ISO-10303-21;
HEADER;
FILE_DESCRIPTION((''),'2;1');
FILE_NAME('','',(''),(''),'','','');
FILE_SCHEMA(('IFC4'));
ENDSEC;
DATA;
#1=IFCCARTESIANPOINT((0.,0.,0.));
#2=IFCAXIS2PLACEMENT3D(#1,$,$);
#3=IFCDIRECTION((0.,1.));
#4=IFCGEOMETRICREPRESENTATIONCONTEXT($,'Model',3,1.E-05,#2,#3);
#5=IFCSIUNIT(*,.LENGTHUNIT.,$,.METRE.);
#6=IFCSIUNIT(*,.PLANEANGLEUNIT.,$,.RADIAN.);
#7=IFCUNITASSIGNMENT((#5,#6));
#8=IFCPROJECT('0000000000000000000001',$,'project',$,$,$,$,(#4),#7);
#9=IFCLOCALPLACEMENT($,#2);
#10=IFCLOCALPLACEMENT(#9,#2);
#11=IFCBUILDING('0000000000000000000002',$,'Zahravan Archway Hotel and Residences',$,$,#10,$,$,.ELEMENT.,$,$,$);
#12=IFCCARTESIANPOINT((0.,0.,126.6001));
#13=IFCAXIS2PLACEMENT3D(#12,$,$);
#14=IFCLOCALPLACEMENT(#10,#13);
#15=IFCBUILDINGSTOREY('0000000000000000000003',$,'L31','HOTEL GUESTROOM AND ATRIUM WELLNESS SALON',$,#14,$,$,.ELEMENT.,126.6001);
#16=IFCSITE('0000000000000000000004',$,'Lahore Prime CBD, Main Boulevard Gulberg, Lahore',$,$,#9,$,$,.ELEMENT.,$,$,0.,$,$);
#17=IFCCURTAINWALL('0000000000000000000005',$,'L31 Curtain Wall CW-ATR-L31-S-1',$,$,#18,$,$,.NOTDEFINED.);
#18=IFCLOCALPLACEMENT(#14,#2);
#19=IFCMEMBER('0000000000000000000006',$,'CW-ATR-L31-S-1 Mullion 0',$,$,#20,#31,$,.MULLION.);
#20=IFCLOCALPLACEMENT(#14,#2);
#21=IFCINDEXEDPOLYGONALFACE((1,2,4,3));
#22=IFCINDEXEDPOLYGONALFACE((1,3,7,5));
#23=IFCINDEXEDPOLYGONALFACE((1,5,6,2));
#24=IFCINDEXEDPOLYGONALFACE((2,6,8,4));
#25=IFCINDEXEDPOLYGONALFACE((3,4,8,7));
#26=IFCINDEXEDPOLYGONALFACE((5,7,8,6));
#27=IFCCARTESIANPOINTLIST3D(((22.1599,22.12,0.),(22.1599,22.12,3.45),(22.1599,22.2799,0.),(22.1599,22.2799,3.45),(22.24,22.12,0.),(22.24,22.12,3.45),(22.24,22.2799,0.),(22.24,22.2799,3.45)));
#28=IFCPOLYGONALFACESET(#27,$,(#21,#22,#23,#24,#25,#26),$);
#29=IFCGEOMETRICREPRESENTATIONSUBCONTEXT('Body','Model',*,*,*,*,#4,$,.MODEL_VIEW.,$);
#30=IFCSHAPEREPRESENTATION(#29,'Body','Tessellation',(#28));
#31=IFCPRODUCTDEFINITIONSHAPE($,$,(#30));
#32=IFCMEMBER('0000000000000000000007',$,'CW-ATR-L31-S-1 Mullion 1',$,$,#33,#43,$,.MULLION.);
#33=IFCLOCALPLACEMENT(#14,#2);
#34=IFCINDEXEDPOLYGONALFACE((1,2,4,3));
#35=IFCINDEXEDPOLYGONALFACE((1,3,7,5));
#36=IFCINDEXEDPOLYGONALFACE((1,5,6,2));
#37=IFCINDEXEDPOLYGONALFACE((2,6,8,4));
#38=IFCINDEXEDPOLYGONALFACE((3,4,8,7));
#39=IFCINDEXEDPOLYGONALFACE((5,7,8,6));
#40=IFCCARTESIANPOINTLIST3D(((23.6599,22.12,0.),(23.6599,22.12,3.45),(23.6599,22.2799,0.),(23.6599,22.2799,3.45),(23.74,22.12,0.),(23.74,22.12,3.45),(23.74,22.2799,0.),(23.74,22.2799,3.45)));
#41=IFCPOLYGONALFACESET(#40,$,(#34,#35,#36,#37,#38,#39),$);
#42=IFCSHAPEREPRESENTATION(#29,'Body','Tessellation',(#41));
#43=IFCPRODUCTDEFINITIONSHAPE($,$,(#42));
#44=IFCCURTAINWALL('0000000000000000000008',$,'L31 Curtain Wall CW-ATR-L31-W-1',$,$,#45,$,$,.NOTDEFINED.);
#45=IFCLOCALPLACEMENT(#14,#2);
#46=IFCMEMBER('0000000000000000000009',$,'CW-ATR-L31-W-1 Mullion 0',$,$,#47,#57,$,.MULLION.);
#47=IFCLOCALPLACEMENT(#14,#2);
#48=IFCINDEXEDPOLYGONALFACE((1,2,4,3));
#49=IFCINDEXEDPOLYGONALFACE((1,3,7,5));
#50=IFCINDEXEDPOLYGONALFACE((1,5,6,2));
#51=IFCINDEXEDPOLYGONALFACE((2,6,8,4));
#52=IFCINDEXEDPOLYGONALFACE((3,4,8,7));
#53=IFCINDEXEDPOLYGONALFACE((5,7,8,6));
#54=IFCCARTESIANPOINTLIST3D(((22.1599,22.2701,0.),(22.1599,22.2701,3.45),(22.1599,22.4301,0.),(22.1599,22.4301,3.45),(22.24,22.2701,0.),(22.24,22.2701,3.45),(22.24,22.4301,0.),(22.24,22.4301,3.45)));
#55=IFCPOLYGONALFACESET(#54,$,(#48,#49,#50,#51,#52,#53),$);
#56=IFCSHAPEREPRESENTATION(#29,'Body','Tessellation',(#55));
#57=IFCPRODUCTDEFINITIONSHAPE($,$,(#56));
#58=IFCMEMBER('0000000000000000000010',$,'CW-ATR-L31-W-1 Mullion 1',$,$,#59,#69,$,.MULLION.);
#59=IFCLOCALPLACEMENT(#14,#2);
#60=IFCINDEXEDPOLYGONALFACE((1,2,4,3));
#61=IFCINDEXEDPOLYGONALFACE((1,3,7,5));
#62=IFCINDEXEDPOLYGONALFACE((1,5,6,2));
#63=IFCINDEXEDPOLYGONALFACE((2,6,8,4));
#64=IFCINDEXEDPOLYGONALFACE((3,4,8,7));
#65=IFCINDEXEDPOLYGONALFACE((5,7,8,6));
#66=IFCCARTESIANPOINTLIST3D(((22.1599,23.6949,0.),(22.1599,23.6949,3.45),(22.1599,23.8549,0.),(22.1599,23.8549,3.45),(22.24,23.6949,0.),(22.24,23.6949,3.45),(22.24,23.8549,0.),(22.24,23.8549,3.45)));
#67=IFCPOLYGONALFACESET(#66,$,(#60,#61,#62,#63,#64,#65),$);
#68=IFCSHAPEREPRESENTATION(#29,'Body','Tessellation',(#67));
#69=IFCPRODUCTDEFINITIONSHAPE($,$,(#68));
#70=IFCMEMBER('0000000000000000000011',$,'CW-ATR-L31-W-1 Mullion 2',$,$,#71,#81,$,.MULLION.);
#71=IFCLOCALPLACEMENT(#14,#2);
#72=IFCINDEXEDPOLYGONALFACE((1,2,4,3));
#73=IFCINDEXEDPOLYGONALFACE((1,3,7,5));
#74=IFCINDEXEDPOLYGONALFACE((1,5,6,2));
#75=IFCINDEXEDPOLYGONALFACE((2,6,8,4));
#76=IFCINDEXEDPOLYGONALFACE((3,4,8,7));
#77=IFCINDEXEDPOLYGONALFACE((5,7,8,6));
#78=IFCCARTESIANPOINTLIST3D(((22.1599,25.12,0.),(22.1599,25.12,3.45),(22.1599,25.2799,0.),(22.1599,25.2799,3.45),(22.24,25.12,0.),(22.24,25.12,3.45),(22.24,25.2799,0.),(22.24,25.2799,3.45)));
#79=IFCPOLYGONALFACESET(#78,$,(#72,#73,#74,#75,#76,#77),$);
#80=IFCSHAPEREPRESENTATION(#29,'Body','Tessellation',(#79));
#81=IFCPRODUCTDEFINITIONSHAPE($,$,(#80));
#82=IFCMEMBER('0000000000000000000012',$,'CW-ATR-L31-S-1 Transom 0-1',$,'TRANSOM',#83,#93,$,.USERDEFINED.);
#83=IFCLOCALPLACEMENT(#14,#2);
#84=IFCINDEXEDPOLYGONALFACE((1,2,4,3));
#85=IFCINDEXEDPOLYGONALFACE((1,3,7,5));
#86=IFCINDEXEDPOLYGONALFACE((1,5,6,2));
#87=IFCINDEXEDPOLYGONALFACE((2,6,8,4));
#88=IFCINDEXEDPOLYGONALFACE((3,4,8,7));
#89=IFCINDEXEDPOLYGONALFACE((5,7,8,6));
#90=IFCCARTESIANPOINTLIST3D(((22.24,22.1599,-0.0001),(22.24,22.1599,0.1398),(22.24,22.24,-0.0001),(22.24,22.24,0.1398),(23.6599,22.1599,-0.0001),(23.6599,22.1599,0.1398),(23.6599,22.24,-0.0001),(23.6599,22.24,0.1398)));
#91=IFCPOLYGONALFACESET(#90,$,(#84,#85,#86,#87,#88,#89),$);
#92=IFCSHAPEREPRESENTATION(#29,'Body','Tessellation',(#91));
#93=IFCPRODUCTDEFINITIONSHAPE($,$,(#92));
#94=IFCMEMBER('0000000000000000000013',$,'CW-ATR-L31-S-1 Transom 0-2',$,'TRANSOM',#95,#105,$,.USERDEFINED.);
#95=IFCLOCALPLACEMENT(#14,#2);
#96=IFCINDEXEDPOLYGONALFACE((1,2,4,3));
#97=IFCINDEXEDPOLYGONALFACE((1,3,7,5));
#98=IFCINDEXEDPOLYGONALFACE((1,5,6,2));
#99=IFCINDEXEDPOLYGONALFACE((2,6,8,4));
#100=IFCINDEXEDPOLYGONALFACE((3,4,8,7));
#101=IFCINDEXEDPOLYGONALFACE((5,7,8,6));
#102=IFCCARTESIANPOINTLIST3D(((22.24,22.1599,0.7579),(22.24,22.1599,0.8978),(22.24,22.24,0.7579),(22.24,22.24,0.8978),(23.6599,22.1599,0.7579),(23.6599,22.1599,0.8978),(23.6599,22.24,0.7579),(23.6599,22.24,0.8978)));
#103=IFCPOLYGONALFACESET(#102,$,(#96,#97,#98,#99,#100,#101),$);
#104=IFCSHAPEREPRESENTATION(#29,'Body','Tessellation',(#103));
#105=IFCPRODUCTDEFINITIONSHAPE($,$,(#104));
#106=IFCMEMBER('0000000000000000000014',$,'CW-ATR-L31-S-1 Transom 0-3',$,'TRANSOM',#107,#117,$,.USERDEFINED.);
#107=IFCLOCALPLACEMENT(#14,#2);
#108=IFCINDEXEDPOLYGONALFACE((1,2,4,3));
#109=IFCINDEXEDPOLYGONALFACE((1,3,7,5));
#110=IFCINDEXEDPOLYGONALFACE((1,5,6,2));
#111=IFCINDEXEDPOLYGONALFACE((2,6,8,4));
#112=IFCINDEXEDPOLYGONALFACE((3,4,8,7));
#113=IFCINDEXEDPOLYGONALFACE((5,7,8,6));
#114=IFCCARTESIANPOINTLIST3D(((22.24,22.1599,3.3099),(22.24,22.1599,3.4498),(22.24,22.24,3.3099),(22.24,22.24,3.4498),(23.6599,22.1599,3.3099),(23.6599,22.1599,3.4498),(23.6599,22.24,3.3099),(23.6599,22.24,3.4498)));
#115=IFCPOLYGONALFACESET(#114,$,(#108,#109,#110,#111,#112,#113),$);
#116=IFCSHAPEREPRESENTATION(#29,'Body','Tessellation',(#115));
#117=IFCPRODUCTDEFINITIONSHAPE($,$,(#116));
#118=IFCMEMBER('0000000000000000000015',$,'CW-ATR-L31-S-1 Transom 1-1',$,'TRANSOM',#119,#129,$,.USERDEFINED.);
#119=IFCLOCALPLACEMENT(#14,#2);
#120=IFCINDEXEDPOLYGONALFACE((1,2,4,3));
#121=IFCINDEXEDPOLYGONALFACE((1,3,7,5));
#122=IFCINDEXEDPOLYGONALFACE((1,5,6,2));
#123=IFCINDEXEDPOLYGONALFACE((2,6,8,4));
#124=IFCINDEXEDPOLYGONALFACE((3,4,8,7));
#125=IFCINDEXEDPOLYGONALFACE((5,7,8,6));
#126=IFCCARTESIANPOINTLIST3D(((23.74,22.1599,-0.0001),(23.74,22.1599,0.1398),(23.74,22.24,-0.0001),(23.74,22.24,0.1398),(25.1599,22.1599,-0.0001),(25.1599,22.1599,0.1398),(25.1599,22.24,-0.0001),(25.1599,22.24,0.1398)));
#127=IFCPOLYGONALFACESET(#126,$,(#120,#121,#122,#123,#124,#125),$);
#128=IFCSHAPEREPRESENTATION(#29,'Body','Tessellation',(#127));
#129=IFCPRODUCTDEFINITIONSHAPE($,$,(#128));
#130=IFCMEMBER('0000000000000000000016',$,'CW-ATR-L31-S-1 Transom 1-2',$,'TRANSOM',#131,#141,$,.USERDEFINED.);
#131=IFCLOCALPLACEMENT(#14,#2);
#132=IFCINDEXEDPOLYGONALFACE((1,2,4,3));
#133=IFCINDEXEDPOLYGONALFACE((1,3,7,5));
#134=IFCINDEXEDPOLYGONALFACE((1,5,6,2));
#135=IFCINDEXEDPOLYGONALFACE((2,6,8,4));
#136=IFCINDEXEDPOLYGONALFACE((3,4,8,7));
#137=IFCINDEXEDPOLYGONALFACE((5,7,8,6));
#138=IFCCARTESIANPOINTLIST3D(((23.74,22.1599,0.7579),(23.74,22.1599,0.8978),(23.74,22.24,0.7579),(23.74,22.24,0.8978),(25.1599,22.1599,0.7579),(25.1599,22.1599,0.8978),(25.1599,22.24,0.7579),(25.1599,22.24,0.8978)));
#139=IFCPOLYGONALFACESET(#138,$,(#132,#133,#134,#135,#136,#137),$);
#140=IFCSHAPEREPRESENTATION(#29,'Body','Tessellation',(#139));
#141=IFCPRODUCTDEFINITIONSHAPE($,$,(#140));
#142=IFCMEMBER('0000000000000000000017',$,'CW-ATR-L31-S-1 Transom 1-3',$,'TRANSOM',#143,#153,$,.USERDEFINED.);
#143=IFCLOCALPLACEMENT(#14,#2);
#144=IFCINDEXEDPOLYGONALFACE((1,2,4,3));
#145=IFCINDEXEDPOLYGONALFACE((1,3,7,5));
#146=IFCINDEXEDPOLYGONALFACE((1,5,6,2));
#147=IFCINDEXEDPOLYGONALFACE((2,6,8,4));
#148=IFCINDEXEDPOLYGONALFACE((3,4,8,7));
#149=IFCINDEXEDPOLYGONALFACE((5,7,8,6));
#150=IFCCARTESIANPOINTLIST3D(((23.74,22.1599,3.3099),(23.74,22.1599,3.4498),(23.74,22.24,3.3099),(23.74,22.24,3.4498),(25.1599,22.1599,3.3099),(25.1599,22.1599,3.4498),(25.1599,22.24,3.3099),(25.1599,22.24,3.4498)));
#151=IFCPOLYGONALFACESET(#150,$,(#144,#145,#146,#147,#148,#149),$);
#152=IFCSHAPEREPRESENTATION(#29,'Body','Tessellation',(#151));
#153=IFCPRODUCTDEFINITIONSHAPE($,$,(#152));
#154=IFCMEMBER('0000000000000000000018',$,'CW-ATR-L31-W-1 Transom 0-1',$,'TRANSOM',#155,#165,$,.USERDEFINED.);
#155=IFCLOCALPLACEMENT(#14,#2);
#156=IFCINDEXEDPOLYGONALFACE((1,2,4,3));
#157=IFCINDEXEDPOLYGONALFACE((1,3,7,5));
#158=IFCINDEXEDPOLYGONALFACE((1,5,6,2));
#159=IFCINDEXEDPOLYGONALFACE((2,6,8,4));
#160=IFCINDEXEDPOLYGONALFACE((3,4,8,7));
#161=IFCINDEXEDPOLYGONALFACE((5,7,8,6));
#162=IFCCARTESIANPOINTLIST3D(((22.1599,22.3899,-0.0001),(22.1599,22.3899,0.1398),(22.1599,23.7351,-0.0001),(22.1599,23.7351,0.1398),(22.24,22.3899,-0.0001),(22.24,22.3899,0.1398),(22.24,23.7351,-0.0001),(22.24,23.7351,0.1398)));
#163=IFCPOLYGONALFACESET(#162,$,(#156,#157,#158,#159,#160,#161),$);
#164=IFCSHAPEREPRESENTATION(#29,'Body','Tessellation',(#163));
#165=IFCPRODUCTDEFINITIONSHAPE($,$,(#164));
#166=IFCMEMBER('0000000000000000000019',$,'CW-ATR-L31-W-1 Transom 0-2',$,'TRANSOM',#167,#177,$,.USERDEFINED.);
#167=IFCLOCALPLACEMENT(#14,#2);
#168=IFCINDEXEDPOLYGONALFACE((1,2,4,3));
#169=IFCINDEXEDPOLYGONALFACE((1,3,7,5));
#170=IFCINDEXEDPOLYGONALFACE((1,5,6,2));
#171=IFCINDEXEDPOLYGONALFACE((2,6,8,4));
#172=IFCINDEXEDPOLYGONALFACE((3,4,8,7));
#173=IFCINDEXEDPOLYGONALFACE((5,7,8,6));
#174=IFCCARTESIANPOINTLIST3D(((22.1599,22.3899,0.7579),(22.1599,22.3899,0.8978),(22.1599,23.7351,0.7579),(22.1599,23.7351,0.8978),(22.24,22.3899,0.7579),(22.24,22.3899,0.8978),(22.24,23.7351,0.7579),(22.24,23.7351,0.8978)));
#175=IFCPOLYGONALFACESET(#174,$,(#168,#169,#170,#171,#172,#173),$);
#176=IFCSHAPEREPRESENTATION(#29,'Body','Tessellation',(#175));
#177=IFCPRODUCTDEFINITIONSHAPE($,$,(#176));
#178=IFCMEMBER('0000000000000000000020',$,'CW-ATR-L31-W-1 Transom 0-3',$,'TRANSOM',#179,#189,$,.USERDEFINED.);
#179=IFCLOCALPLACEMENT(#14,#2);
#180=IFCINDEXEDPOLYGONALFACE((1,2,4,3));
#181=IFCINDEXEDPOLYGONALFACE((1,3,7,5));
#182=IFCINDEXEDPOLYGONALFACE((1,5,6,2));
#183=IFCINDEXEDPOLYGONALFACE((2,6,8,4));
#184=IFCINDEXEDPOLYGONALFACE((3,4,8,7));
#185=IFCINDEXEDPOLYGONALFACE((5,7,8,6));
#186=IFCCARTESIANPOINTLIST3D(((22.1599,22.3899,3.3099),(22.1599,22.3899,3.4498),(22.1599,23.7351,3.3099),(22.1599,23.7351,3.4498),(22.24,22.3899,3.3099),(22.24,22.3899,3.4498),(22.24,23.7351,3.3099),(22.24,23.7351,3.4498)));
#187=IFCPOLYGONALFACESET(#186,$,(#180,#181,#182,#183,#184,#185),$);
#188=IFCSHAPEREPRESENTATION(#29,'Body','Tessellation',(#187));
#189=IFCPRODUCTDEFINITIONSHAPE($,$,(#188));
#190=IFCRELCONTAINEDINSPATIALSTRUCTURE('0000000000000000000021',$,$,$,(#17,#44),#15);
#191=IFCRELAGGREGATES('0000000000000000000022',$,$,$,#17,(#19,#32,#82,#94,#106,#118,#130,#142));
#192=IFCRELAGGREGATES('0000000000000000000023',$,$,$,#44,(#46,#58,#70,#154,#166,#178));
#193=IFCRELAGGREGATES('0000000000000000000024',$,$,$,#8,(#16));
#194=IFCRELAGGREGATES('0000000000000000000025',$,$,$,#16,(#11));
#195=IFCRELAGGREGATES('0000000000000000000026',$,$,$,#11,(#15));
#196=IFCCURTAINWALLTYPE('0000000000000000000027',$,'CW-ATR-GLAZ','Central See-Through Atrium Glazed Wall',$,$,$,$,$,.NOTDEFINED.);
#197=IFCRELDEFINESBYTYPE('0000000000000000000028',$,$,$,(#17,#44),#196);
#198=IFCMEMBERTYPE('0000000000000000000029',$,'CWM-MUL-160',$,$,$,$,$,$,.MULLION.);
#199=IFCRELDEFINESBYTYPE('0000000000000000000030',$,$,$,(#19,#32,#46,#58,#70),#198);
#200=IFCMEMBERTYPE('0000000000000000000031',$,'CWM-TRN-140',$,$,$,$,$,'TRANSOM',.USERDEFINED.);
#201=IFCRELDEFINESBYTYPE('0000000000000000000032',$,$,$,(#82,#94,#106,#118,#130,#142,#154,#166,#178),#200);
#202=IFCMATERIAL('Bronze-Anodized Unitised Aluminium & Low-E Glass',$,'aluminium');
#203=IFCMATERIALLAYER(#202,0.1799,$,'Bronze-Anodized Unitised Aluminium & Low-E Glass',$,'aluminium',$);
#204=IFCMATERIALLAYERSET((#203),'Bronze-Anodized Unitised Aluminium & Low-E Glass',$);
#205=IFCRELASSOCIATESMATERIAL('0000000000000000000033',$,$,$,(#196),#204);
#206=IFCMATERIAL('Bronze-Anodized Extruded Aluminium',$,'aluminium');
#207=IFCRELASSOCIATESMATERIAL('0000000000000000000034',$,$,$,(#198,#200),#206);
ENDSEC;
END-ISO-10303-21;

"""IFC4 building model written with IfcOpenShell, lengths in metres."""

from ifc_helpers import new_model, si_unit, direction, frame, origin, origin_2d, place, context, subcontext, project, spatial, rectangle, extrude, source, transform, mapped, material, layer, layer_set, material_profile, profile_set, type_object, element, aggregate, save


model = new_model("IFC4")

# Units and contexts
model_context = context("Model", 3, precision=1e-05, world=origin(), true_north=direction((0.0, 1.0)))
body_context = subcontext(model_context, "Body", "Model", "MODEL_VIEW")
ifc_project = project(units=[si_unit("LENGTHUNIT", "METRE"), si_unit("PLANEANGLEUNIT", "RADIAN")], contexts=[model_context])

# Site, building, storey
site_placement = place(None, origin())
site = spatial("IfcSite", under=ifc_project, at=site_placement, Name="Lahore Prime CBD, Main Boulevard Gulberg, Lahore", CompositionType="ELEMENT", RefElevation=0.0)
building_placement = place(site_placement, origin())
building = spatial("IfcBuilding", under=site, at=building_placement, Name="Zahravan Archway Hotel and Residences", CompositionType="ELEMENT")
storey_placement = place(building_placement, frame((0.0, 0.0, 126.6001)))
storey = spatial("IfcBuildingStorey", under=building, at=storey_placement, Name="L31", Description="HOTEL GUESTROOM AND ATRIUM WELLNESS SALON", CompositionType="ELEMENT", Elevation=126.6001)

# Curtain walls, members
ifc_material_1 = material(Name="Bronze-Anodized Unitised Aluminium & Low-E Glass", Category="aluminium")
ifc_layer_1 = layer(ifc_material_1, 0.1799, Name="Bronze-Anodized Unitised Aluminium & Low-E Glass", Category="aluminium")
ifc_layer_set_1 = layer_set([ifc_layer_1], Name="Bronze-Anodized Unitised Aluminium & Low-E Glass")
curtain_wall_type = type_object("IfcCurtainWallType", Name="CW-ATR-GLAZ", Description="Central See-Through Atrium Glazed Wall", PredefinedType="NOTDEFINED", material=ifc_layer_set_1)
curtain_wall_1_placement = place(storey_placement, origin())
curtain_wall_1 = element("IfcCurtainWall", 1, at=curtain_wall_1_placement, inside=storey, type_object=curtain_wall_type, Name="L31 Curtain Wall CW-ATR-L31-S-1", PredefinedType="NOTDEFINED")
ifc_material_2 = material(Name="Bronze-Anodized Extruded Aluminium", Category="aluminium")
ifc_material_profile_1 = material_profile(ifc_material_2, rectangle(XDim=0.0801, YDim=0.1599, at=origin_2d()), Name="MUL 80x160", Category="aluminium")
ifc_profile_set_1 = profile_set([ifc_material_profile_1], Name="Bronze-Anodized Extruded Aluminium")
member_type_1 = type_object("IfcMemberType", Name="CWM-MUL-160", PredefinedType="MULLION", material=ifc_profile_set_1)
shared_shape_1 = source(origin(), body_context, "Body", "SweptSolid", [
    extrude(rectangle(XDim=0.0801, YDim=0.1599, at=origin_2d()), origin(), (0.0, 0.0, 1.0), 3.45),
])
member_1_placement = place(storey_placement, frame((22.2, 22.2, 0.0), z_axis=(0.0, 0.0, 1.0), x_axis=(1.0, 0.0, 0.0)))
member_1 = element("IfcMember", 2, at=member_1_placement, type_object=member_type_1, Name="CW-ATR-L31-S-1 Mullion 0", PredefinedType="MULLION", context=body_context, shape_type="MappedRepresentation", body=[
    mapped(shared_shape_1, transform((0.0, 0.0, 0.0), scale=1.0)),
])
member_2_placement = place(storey_placement, frame((23.7, 22.2, 0.0), z_axis=(0.0, 0.0, 1.0), x_axis=(1.0, 0.0, 0.0)))
member_2 = element("IfcMember", 3, at=member_2_placement, type_object=member_type_1, Name="CW-ATR-L31-S-1 Mullion 1", PredefinedType="MULLION", context=body_context, shape_type="MappedRepresentation", body=[
    mapped(shared_shape_1, transform((0.0, 0.0, 0.0), scale=1.0)),
])
curtain_wall_2_placement = place(storey_placement, origin())
curtain_wall_2 = element("IfcCurtainWall", 4, at=curtain_wall_2_placement, inside=storey, type_object=curtain_wall_type, Name="L31 Curtain Wall CW-ATR-L31-W-1", PredefinedType="NOTDEFINED")
member_3_placement = place(storey_placement, frame((22.2, 22.3501, 0.0), z_axis=(0.0, 0.0, 1.0), x_axis=(1.0, 0.0, 0.0)))
member_3 = element("IfcMember", 5, at=member_3_placement, type_object=member_type_1, Name="CW-ATR-L31-W-1 Mullion 0", PredefinedType="MULLION", context=body_context, shape_type="MappedRepresentation", body=[
    mapped(shared_shape_1, transform((0.0, 0.0, 0.0), scale=1.0)),
])
member_4_placement = place(storey_placement, frame((22.2, 23.7749, 0.0), z_axis=(0.0, 0.0, 1.0), x_axis=(1.0, 0.0, 0.0)))
member_4 = element("IfcMember", 6, at=member_4_placement, type_object=member_type_1, Name="CW-ATR-L31-W-1 Mullion 1", PredefinedType="MULLION", context=body_context, shape_type="MappedRepresentation", body=[
    mapped(shared_shape_1, transform((0.0, 0.0, 0.0), scale=1.0)),
])
member_5_placement = place(storey_placement, frame((22.2, 25.2, 0.0), z_axis=(0.0, 0.0, 1.0), x_axis=(1.0, 0.0, 0.0)))
member_5 = element("IfcMember", 7, at=member_5_placement, type_object=member_type_1, Name="CW-ATR-L31-W-1 Mullion 2", PredefinedType="MULLION", context=body_context, shape_type="MappedRepresentation", body=[
    mapped(shared_shape_1, transform((0.0, 0.0, 0.0), scale=1.0)),
])

# Members
ifc_material_profile_2 = material_profile(ifc_material_2, rectangle(XDim=0.0801, YDim=0.1399, at=origin_2d()), Name="TRN 80x140", Category="aluminium")
ifc_profile_set_2 = profile_set([ifc_material_profile_2], Name="Bronze-Anodized Extruded Aluminium")
member_type_2 = type_object("IfcMemberType", Name="CWM-TRN-140", ElementType="TRANSOM", PredefinedType="USERDEFINED", material=ifc_profile_set_2)
shared_shape_2 = source(origin(), body_context, "Body", "SweptSolid", [
    extrude(rectangle(XDim=0.0801, YDim=0.1399, at=origin_2d()), origin(), (0.0, 0.0, 1.0), 1.4199),
])
member_6_placement = place(storey_placement, frame((22.24, 22.2, 0.0698), z_axis=(1.0, 0.0, 0.0), x_axis=(0.0, 1.0, 0.0)))
member_6 = element("IfcMember", 8, at=member_6_placement, type_object=member_type_2, Name="CW-ATR-L31-S-1 Transom 0-1", ObjectType="TRANSOM", PredefinedType="USERDEFINED", context=body_context, shape_type="MappedRepresentation", body=[
    mapped(shared_shape_2, transform((0.0, 0.0, 0.0), scale=1.0)),
])
member_7_placement = place(storey_placement, frame((22.24, 22.2, 0.8279), z_axis=(1.0, 0.0, 0.0), x_axis=(0.0, 1.0, 0.0)))
member_7 = element("IfcMember", 9, at=member_7_placement, type_object=member_type_2, Name="CW-ATR-L31-S-1 Transom 0-2", ObjectType="TRANSOM", PredefinedType="USERDEFINED", context=body_context, shape_type="MappedRepresentation", body=[
    mapped(shared_shape_2, transform((0.0, 0.0, 0.0), scale=1.0)),
])
member_8_placement = place(storey_placement, frame((22.24, 22.2, 3.3799), z_axis=(1.0, 0.0, 0.0), x_axis=(0.0, 1.0, 0.0)))
member_8 = element("IfcMember", 10, at=member_8_placement, type_object=member_type_2, Name="CW-ATR-L31-S-1 Transom 0-3", ObjectType="TRANSOM", PredefinedType="USERDEFINED", context=body_context, shape_type="MappedRepresentation", body=[
    mapped(shared_shape_2, transform((0.0, 0.0, 0.0), scale=1.0)),
])
member_9_placement = place(storey_placement, frame((23.74, 22.2, 0.0698), z_axis=(1.0, 0.0, 0.0), x_axis=(0.0, 1.0, 0.0)))
member_9 = element("IfcMember", 11, at=member_9_placement, type_object=member_type_2, Name="CW-ATR-L31-S-1 Transom 1-1", ObjectType="TRANSOM", PredefinedType="USERDEFINED", context=body_context, shape_type="MappedRepresentation", body=[
    mapped(shared_shape_2, transform((0.0, 0.0, 0.0), scale=1.0)),
])
member_10_placement = place(storey_placement, frame((23.74, 22.2, 0.8279), z_axis=(1.0, 0.0, 0.0), x_axis=(0.0, 1.0, 0.0)))
member_10 = element("IfcMember", 12, at=member_10_placement, type_object=member_type_2, Name="CW-ATR-L31-S-1 Transom 1-2", ObjectType="TRANSOM", PredefinedType="USERDEFINED", context=body_context, shape_type="MappedRepresentation", body=[
    mapped(shared_shape_2, transform((0.0, 0.0, 0.0), scale=1.0)),
])
member_11_placement = place(storey_placement, frame((23.74, 22.2, 3.3799), z_axis=(1.0, 0.0, 0.0), x_axis=(0.0, 1.0, 0.0)))
member_11 = element("IfcMember", 13, at=member_11_placement, type_object=member_type_2, Name="CW-ATR-L31-S-1 Transom 1-3", ObjectType="TRANSOM", PredefinedType="USERDEFINED", context=body_context, shape_type="MappedRepresentation", body=[
    mapped(shared_shape_2, transform((0.0, 0.0, 0.0), scale=1.0)),
])
shared_shape_3 = source(origin(), body_context, "Body", "SweptSolid", [
    extrude(rectangle(XDim=0.0801, YDim=0.1399, at=origin_2d()), origin(), (0.0, 0.0, 1.0), 1.3452),
])
member_12_placement = place(storey_placement, frame((22.2, 22.3899, 0.0698), z_axis=(0.0, 1.0, 0.0), x_axis=(-1.0, 0.0, 0.0)))
member_12 = element("IfcMember", 14, at=member_12_placement, type_object=member_type_2, Name="CW-ATR-L31-W-1 Transom 0-1", ObjectType="TRANSOM", PredefinedType="USERDEFINED", context=body_context, shape_type="MappedRepresentation", body=[
    mapped(shared_shape_3, transform((0.0, 0.0, 0.0), scale=1.0)),
])
member_13_placement = place(storey_placement, frame((22.2, 22.3899, 0.8279), z_axis=(0.0, 1.0, 0.0), x_axis=(-1.0, 0.0, 0.0)))
member_13 = element("IfcMember", 15, at=member_13_placement, type_object=member_type_2, Name="CW-ATR-L31-W-1 Transom 0-2", ObjectType="TRANSOM", PredefinedType="USERDEFINED", context=body_context, shape_type="MappedRepresentation", body=[
    mapped(shared_shape_3, transform((0.0, 0.0, 0.0), scale=1.0)),
])
member_14_placement = place(storey_placement, frame((22.2, 22.3899, 3.3799), z_axis=(0.0, 1.0, 0.0), x_axis=(-1.0, 0.0, 0.0)))
member_14 = element("IfcMember", 16, at=member_14_placement, type_object=member_type_2, Name="CW-ATR-L31-W-1 Transom 0-3", ObjectType="TRANSOM", PredefinedType="USERDEFINED", context=body_context, shape_type="MappedRepresentation", body=[
    mapped(shared_shape_3, transform((0.0, 0.0, 0.0), scale=1.0)),
])

aggregate(curtain_wall_1, [member_1, member_2, member_6, member_7, member_8, member_9, member_10, member_11])
aggregate(curtain_wall_2, [member_3, member_4, member_5, member_12, member_13, member_14])

save(model, "model.ifc")
